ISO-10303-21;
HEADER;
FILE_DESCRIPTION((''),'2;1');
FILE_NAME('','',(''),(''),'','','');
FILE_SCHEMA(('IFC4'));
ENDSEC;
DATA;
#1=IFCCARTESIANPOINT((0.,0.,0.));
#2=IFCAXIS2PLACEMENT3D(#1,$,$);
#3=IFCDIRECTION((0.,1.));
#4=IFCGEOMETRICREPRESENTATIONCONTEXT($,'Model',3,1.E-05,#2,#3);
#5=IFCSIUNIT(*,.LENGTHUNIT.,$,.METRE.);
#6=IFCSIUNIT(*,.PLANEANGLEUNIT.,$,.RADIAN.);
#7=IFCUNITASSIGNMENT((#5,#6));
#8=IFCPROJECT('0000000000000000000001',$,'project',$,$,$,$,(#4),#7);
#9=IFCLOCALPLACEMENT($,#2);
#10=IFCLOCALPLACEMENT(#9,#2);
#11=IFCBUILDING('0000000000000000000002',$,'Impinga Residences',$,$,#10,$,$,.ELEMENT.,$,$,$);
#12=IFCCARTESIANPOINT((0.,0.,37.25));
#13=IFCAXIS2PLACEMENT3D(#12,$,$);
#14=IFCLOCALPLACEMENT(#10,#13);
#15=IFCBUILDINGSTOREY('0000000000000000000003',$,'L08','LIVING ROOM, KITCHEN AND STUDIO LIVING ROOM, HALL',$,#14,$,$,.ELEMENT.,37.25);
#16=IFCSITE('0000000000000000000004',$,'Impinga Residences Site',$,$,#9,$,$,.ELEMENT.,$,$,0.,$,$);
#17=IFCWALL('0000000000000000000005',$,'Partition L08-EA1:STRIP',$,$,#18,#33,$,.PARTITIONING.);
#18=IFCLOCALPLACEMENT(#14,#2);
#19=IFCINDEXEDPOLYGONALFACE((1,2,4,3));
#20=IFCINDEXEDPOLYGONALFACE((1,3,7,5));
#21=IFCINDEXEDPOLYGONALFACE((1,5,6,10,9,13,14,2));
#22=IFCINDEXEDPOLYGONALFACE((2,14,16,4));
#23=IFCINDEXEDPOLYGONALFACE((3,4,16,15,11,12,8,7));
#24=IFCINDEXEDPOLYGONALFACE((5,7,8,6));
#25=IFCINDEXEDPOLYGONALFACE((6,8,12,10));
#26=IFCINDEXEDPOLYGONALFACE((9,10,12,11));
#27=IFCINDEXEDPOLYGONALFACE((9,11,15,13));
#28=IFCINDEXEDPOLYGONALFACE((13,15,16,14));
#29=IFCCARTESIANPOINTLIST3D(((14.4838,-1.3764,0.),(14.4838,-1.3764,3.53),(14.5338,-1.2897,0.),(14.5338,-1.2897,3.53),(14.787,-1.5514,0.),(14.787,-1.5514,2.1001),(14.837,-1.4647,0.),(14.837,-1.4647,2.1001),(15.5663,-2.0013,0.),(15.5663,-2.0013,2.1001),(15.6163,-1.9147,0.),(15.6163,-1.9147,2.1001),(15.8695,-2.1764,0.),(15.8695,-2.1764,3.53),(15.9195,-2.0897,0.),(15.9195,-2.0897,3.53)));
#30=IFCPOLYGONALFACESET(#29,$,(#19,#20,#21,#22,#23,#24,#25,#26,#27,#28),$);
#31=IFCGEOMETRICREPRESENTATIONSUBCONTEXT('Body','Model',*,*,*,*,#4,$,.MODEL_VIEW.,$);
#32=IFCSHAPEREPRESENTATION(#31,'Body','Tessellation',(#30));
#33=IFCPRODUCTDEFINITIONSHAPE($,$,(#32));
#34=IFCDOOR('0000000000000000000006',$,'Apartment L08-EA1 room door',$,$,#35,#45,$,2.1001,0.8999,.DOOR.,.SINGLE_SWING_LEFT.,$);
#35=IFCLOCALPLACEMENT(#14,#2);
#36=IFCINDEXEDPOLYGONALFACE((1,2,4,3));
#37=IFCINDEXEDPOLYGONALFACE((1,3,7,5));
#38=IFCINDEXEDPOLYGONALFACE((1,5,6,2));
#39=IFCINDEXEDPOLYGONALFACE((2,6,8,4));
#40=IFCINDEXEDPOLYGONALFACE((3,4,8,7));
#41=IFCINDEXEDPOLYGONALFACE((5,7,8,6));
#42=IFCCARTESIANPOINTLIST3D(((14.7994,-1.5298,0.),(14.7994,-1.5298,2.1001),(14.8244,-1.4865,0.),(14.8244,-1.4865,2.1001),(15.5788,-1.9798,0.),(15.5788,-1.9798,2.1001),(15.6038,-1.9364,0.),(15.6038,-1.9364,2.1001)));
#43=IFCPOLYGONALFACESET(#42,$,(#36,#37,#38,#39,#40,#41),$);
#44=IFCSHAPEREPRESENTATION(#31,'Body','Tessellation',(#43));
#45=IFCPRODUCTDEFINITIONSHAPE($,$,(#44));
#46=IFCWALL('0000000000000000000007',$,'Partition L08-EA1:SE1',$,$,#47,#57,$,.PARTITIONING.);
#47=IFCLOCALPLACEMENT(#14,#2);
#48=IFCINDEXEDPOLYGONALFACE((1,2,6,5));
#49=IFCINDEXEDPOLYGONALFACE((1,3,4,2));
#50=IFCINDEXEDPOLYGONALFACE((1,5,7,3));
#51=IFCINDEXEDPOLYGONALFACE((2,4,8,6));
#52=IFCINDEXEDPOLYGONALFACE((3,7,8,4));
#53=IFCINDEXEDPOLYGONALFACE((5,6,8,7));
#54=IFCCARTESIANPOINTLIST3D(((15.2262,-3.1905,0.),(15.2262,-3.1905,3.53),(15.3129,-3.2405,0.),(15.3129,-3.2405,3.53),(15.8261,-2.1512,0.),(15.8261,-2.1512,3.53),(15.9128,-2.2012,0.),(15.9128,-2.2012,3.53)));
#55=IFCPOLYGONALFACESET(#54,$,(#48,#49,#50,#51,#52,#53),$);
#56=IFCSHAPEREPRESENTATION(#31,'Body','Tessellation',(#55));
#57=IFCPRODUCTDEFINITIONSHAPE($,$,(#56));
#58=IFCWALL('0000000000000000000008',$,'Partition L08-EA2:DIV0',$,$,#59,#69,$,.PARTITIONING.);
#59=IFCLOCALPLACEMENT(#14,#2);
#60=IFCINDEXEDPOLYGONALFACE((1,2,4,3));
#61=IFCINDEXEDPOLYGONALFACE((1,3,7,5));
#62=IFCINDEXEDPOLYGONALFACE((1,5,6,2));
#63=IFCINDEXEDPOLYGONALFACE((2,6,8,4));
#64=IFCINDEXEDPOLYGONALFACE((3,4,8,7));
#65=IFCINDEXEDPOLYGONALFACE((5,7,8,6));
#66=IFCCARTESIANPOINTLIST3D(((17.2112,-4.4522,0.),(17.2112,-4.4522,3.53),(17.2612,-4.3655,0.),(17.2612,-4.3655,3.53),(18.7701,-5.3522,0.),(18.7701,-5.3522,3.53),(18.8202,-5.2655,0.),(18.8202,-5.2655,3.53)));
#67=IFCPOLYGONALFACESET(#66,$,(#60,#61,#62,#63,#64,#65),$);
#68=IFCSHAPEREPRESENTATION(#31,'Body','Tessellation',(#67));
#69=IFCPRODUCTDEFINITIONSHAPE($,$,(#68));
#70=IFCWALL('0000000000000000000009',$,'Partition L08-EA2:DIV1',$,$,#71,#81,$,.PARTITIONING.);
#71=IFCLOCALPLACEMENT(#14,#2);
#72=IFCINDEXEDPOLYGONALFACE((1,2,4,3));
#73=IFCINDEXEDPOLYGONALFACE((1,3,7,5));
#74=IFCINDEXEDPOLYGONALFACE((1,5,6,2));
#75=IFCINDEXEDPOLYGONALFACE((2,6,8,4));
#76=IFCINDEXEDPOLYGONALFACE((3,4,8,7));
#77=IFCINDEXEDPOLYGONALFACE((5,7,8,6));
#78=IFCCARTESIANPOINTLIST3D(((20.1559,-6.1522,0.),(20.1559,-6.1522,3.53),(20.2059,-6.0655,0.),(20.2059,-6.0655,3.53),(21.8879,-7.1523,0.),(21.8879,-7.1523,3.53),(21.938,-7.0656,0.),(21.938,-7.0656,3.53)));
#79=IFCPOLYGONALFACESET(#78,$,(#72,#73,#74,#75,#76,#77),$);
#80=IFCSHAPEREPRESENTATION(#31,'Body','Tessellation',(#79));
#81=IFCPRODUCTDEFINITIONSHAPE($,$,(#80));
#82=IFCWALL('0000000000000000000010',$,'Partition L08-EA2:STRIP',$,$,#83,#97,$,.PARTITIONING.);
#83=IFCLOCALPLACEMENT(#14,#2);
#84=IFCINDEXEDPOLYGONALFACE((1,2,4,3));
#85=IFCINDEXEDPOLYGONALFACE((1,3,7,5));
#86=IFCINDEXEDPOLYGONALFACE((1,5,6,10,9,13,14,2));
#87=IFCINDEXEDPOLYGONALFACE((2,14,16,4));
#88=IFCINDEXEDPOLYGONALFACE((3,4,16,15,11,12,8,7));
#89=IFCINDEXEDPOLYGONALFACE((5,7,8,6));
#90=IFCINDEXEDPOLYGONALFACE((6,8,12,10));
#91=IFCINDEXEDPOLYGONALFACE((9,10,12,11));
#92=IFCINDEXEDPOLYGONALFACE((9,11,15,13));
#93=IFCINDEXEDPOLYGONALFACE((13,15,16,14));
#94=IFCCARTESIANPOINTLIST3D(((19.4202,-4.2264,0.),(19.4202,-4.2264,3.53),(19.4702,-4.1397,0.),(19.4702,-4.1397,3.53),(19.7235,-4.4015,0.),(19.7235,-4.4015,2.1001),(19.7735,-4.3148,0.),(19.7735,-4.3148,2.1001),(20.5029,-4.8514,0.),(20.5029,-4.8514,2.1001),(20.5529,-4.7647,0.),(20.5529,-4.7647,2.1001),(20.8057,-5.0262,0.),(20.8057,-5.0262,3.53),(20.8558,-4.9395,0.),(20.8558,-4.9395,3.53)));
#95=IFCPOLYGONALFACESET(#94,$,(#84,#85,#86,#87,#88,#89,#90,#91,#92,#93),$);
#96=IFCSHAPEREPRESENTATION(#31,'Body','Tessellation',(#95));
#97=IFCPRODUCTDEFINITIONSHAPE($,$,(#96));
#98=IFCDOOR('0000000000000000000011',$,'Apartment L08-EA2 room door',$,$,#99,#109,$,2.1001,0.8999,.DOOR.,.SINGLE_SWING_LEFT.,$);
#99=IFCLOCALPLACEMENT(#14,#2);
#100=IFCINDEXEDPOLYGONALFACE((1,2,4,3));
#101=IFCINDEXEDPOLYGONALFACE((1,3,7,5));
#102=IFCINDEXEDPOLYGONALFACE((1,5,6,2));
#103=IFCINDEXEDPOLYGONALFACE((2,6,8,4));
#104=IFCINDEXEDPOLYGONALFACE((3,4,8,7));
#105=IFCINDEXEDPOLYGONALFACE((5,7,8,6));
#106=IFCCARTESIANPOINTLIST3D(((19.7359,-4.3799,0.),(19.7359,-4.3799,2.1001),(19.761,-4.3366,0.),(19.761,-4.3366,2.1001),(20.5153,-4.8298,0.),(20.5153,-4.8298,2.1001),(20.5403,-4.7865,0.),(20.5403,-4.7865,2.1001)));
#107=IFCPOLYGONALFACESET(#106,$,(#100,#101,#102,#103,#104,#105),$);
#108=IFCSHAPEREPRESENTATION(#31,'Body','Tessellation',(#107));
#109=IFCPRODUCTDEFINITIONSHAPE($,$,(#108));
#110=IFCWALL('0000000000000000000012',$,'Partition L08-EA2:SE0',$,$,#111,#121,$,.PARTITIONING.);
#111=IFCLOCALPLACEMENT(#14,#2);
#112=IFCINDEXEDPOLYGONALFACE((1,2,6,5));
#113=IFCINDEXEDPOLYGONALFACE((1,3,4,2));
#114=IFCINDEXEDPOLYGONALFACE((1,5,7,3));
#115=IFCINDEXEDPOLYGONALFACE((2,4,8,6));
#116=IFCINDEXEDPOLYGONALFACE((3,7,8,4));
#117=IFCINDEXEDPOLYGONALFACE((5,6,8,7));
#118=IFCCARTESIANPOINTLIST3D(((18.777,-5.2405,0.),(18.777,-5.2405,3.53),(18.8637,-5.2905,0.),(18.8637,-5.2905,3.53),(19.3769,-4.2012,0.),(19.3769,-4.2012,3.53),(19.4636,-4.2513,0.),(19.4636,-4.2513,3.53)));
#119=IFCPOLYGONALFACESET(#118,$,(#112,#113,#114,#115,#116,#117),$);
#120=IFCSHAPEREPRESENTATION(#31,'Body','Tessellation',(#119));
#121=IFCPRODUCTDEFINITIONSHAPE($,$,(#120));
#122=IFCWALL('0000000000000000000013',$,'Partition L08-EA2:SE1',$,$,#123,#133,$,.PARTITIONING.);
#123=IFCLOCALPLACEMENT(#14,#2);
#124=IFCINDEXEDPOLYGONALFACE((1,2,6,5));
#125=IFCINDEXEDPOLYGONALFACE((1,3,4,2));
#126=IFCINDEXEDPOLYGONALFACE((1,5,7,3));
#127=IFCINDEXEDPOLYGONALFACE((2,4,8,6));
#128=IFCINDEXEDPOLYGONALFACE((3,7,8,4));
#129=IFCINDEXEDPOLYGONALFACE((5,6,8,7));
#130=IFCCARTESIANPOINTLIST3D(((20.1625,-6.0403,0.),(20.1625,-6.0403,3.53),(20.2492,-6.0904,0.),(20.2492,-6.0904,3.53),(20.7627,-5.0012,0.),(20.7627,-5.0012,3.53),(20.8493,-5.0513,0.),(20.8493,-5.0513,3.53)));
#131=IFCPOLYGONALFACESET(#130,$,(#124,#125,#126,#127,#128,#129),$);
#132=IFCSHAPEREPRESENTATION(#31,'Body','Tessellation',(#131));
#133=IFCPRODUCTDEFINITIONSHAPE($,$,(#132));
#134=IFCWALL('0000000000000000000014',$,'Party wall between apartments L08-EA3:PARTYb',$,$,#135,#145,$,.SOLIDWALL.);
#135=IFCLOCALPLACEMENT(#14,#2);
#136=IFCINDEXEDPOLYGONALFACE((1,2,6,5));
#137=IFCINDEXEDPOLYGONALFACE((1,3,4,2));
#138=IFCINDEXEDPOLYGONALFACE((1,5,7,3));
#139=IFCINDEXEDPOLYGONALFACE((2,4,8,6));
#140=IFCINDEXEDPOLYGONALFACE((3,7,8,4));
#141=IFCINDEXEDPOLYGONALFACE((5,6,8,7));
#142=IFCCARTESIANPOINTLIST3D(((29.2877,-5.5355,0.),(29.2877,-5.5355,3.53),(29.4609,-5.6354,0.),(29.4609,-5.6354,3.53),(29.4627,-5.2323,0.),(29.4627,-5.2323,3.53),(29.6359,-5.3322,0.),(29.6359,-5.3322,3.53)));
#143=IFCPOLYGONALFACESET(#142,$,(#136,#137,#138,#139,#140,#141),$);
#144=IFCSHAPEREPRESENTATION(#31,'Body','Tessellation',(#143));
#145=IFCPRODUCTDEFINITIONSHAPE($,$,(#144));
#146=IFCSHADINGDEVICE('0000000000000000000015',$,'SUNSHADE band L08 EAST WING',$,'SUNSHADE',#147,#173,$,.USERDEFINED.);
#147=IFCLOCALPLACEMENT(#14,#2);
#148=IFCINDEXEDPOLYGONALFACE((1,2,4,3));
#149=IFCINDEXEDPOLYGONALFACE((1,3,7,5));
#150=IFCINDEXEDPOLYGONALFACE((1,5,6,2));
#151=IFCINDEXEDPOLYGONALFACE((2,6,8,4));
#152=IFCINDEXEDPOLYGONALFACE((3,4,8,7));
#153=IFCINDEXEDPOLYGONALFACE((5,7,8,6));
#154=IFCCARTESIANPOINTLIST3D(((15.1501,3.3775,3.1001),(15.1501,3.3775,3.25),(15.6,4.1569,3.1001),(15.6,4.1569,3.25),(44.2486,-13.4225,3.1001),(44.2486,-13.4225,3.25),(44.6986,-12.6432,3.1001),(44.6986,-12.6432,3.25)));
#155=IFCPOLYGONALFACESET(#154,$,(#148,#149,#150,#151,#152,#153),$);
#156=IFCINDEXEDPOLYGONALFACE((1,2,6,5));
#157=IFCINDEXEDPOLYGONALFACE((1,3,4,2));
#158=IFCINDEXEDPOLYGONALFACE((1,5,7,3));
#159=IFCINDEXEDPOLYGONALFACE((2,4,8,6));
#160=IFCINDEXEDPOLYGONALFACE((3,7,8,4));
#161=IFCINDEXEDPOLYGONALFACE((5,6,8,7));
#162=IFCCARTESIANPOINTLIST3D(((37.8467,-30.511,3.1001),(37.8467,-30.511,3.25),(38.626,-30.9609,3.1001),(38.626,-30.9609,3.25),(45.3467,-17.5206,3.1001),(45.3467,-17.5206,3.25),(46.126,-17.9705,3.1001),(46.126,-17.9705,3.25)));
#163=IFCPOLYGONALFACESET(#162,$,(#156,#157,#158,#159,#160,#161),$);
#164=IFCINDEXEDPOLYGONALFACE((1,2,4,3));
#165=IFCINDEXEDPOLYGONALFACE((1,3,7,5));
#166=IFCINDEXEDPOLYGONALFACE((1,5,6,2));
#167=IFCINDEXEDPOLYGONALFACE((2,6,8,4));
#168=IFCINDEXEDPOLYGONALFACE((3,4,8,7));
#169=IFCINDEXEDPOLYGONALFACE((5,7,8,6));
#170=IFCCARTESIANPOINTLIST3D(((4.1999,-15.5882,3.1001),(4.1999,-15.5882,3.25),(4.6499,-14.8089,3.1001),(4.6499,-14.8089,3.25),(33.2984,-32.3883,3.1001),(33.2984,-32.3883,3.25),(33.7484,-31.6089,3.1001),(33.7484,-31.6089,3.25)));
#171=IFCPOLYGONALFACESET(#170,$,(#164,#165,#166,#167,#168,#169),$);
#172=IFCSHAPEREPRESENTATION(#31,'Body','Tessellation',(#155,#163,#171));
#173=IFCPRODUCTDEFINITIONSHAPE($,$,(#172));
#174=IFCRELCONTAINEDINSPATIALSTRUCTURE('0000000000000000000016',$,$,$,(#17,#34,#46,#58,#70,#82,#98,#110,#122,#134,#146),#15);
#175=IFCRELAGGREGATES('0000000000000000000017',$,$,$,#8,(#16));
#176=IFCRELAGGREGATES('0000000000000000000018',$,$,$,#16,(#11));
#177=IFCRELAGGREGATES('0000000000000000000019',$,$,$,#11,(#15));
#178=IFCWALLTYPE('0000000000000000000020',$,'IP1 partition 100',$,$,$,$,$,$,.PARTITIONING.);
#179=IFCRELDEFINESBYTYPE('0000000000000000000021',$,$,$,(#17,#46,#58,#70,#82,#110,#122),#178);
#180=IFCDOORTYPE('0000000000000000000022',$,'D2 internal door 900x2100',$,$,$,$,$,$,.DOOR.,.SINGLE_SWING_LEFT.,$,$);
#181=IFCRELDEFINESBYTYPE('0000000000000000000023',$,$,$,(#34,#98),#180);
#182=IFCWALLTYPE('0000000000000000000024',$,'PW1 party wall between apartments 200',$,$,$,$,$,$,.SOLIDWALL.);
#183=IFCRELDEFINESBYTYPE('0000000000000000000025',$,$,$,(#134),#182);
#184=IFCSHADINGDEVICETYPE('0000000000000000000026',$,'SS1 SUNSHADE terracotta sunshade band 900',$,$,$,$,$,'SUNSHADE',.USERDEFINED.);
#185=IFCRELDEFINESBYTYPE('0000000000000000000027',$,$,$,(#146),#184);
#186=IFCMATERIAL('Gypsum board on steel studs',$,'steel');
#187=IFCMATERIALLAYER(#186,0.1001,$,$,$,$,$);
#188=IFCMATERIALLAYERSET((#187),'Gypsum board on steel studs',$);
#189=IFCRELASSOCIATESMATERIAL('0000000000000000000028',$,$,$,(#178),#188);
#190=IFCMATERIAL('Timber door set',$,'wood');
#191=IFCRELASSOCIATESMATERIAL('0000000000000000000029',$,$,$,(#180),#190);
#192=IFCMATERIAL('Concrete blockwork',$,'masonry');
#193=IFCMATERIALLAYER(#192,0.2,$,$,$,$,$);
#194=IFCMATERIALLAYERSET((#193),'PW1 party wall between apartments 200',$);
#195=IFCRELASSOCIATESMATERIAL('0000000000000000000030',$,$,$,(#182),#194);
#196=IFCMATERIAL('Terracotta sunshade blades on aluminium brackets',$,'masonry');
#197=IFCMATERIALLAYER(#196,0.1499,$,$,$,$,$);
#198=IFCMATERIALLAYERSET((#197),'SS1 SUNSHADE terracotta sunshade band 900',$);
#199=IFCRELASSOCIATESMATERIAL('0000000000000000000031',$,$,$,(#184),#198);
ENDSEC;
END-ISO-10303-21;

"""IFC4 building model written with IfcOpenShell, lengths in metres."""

from ifc_helpers import new_model, si_unit, direction, frame, frame_2d, origin, origin_2d, place, context, subcontext, project, spatial, rectangle, extrude, material, layer, layer_set, type_object, element, fill, save


model = new_model("IFC4")

# Units and contexts
model_context = context("Model", 3, precision=1e-05, world=origin(), true_north=direction((0.0, 1.0)))
body_context = subcontext(model_context, "Body", "Model", "MODEL_VIEW")
ifc_project = project(units=[si_unit("LENGTHUNIT", "METRE"), si_unit("PLANEANGLEUNIT", "RADIAN")], contexts=[model_context])

# Site, building, storey
site_placement = place(None, origin())
site = spatial("IfcSite", under=ifc_project, at=site_placement, Name="Impinga Residences Site", CompositionType="ELEMENT", RefElevation=0.0)
building_placement = place(site_placement, origin())
building = spatial("IfcBuilding", under=site, at=building_placement, Name="Impinga Residences", CompositionType="ELEMENT")
storey_placement = place(building_placement, frame((0.0, 0.0, 37.25)))
storey = spatial("IfcBuildingStorey", under=building, at=storey_placement, Name="L08", Description="LIVING ROOM, KITCHEN AND STUDIO LIVING ROOM, HALL", CompositionType="ELEMENT", Elevation=37.25)

# Shared definitions
ifc_material_1 = material(Name="Gypsum board on steel studs", Category="steel")
ifc_layer_1 = layer(ifc_material_1, 0.1001)
ifc_layer_set_1 = layer_set([ifc_layer_1], Name="Gypsum board on steel studs")
wall_type_1 = type_object("IfcWallType", Name="IP1 partition 100", PredefinedType="PARTITIONING", material=ifc_layer_set_1)

# Wall, opening, door
wall_1_placement = place(storey_placement, frame((14.5088, -1.333, 0.0), z_axis=(0.0, 0.0, 1.0), x_axis=(0.866028, -0.499995, 0.0)))
wall_1 = element("IfcWall", 1, at=wall_1_placement, inside=storey, type_object=wall_type_1, Name="Partition L08-EA1:STRIP", PredefinedType="PARTITIONING", context=body_context, shape_type="SweptSolid", body=[
    extrude(rectangle(XDim=1.6001, YDim=0.1001, at=frame_2d((0.8, 0.0))), origin(), (0.0, 0.0, 1.0), 3.53),
])
opening_1_placement = place(wall_1_placement, frame((0.3501, 0.0, 0.0)))
opening_1 = element("IfcOpeningElement", 2, at=opening_1_placement, cuts=wall_1, PredefinedType="OPENING", context=body_context, shape_type="SweptSolid", body=[
    extrude(rectangle(XDim=0.8999, YDim=2.1001, at=frame_2d((0.45, 1.05))), frame((0.0, 0.0601, 0.0), z_axis=(0.0, -1.0, 0.0), x_axis=(1.0, 0.0, 0.0)), (0.0, 0.0, 1.0), 0.1201),
])
ifc_material_2 = material(Name="Timber door set", Category="wood")
door_type = type_object("IfcDoorType", Name="D2 internal door 900x2100", OperationType="SINGLE_SWING_LEFT", PredefinedType="DOOR", material=ifc_material_2)
door_1_placement = place(opening_1_placement, origin())
door_1 = element("IfcDoor", 3, at=door_1_placement, inside=storey, type_object=door_type, Name="Apartment L08-EA1 room door", OperationType="SINGLE_SWING_LEFT", OverallHeight=2.1001, OverallWidth=0.8999, PredefinedType="DOOR", context=body_context, shape_type="SweptSolid", body=[
    extrude(rectangle(XDim=0.8999, YDim=2.1001, at=frame_2d((0.45, 1.05))), frame((0.0, 0.0249, 0.0), z_axis=(0.0, -1.0, 0.0), x_axis=(1.0, 0.0, 0.0)), (0.0, 0.0, 1.0), 0.05),
])
fill(opening_1, door_1)

# Walls
wall_2_placement = place(storey_placement, frame((15.2695, -3.2156, 0.0), z_axis=(0.0, 0.0, 1.0), x_axis=(0.499881, 0.866094, 0.0)))
element("IfcWall", 4, at=wall_2_placement, inside=storey, type_object=wall_type_1, Name="Partition L08-EA1:SE1", PredefinedType="PARTITIONING", context=body_context, shape_type="SweptSolid", body=[
    extrude(rectangle(XDim=1.2, YDim=0.1001, at=frame_2d((0.6001, 0.0))), origin(), (0.0, 0.0, 1.0), 3.53),
])
wall_3_placement = place(storey_placement, frame((17.2363, -4.4089, 0.0), z_axis=(0.0, 0.0, 1.0), x_axis=(0.866048, -0.499961, 0.0)))
element("IfcWall", 5, at=wall_3_placement, inside=storey, type_object=wall_type_1, Name="Partition L08-EA2:DIV0", PredefinedType="PARTITIONING", context=body_context, shape_type="SweptSolid", body=[
    extrude(rectangle(XDim=1.8, YDim=0.1001, at=frame_2d((0.8999, 0.0))), origin(), (0.0, 0.0, 1.0), 3.53),
])
wall_4_placement = place(storey_placement, frame((20.1809, -6.1089, 0.0), z_axis=(0.0, 0.0, 1.0), x_axis=(0.866011, -0.500025, 0.0)))
element("IfcWall", 6, at=wall_4_placement, inside=storey, type_object=wall_type_1, Name="Partition L08-EA2:DIV1", PredefinedType="PARTITIONING", context=body_context, shape_type="SweptSolid", body=[
    extrude(rectangle(XDim=2.0, YDim=0.1001, at=frame_2d((1.0, 0.0))), origin(), (0.0, 0.0, 1.0), 3.53),
])

# Wall, opening, door
wall_5_placement = place(storey_placement, frame((19.4453, -4.1831, 0.0), z_axis=(0.0, 0.0, 1.0), x_axis=(0.866056, -0.499947, 0.0)))
wall_5 = element("IfcWall", 7, at=wall_5_placement, inside=storey, type_object=wall_type_1, Name="Partition L08-EA2:STRIP", PredefinedType="PARTITIONING", context=body_context, shape_type="SweptSolid", body=[
    extrude(rectangle(XDim=1.5999, YDim=0.1001, at=frame_2d((0.7998, 0.0))), origin(), (0.0, 0.0, 1.0), 3.53),
])
opening_2_placement = place(wall_5_placement, frame((0.3501, 0.0, 0.0)))
opening_2 = element("IfcOpeningElement", 8, at=opening_2_placement, cuts=wall_5, PredefinedType="OPENING", context=body_context, shape_type="SweptSolid", body=[
    extrude(rectangle(XDim=0.8999, YDim=2.1001, at=frame_2d((0.45, 1.05))), frame((0.0, 0.0601, 0.0), z_axis=(0.0, -1.0, 0.0), x_axis=(1.0, 0.0, 0.0)), (0.0, 0.0, 1.0), 0.1201),
])
door_2_placement = place(opening_2_placement, origin())
door_2 = element("IfcDoor", 9, at=door_2_placement, inside=storey, type_object=door_type, Name="Apartment L08-EA2 room door", OperationType="SINGLE_SWING_LEFT", OverallHeight=2.1001, OverallWidth=0.8999, PredefinedType="DOOR", context=body_context, shape_type="SweptSolid", body=[
    extrude(rectangle(XDim=0.8999, YDim=2.1001, at=frame_2d((0.45, 1.05))), frame((0.0, 0.0249, 0.0), z_axis=(0.0, -1.0, 0.0), x_axis=(1.0, 0.0, 0.0)), (0.0, 0.0, 1.0), 0.05),
])
fill(opening_2, door_2)

# Walls
for number, where, z_axis, x_axis, name in (
    (10, (18.8203, -5.2656, 0.0), (0.0, 0.0, 1.0), (0.499881, 0.866094, 0.0), "Partition L08-EA2:SE0"),
    (11, (20.2058, -6.0654, 0.0), (0.0, 0.0, 1.0), (0.500122, 0.865955, 0.0), "Partition L08-EA2:SE1"),
):
    element("IfcWall", number, at=place(storey_placement, frame(where, z_axis=z_axis, x_axis=x_axis)), inside=storey, type_object=wall_type_1, Name=name, PredefinedType="PARTITIONING", context=body_context, shape_type="SweptSolid", body=[
        extrude(rectangle(XDim=1.2, YDim=0.1001, at=frame_2d((0.6001, 0.0))), origin(), (0.0, 0.0, 1.0), 3.53),
    ])
ifc_material_3 = material(Name="Concrete blockwork", Category="masonry")
ifc_layer_2 = layer(ifc_material_3, 0.2)
ifc_layer_set_2 = layer_set([ifc_layer_2], Name="PW1 party wall between apartments 200")
wall_type_2 = type_object("IfcWallType", Name="PW1 party wall between apartments 200", PredefinedType="SOLIDWALL", material=ifc_layer_set_2)
wall_6_placement = place(storey_placement, frame((29.3743, -5.5854, 0.0), z_axis=(0.0, 0.0, 1.0), x_axis=(0.499964, 0.866046, 0.0)))
element("IfcWall", 12, at=wall_6_placement, inside=storey, type_object=wall_type_2, Name="Party wall between apartments L08-EA3:PARTYb", PredefinedType="SOLIDWALL", context=body_context, shape_type="SweptSolid", body=[
    extrude(rectangle(XDim=0.3501, YDim=0.2, at=frame_2d((0.175, 0.0))), origin(), (0.0, 0.0, 1.0), 3.53),
])

# Shading device
ifc_material_4 = material(Name="Terracotta sunshade blades on aluminium brackets", Category="masonry")
ifc_layer_3 = layer(ifc_material_4, 0.1499)
ifc_layer_set_3 = layer_set([ifc_layer_3], Name="SS1 SUNSHADE terracotta sunshade band 900")
shading_device_type = type_object("IfcShadingDeviceType", Name="SS1 SUNSHADE terracotta sunshade band 900", ElementType="SUNSHADE", PredefinedType="USERDEFINED", material=ifc_layer_set_3)
shading_device_placement = place(storey_placement, frame((29.9243, -4.6328, 3.1001), z_axis=(0.0, 0.0, 1.0), x_axis=(0.866025, -0.5, 0.0)))
element("IfcShadingDevice", 13, at=shading_device_placement, inside=storey, type_object=shading_device_type, Name="SUNSHADE band L08 EAST WING", ObjectType="SUNSHADE", PredefinedType="USERDEFINED", context=body_context, shape_type="SweptSolid", body=[
    extrude(rectangle(XDim=33.6001, YDim=0.8999, at=origin_2d()), origin(), (0.0, 0.0, 1.0), 0.1499),
    extrude(rectangle(XDim=15.0, YDim=0.8999, at=origin_2d()), frame((20.25, -10.95, 0.0), z_axis=(0.0, 0.0, 1.0), x_axis=(0.0, -1.0, 0.0)), (0.0, 0.0, 1.0), 0.1499),
    extrude(rectangle(XDim=33.6001, YDim=0.8999, at=origin_2d()), frame((-0.0002, -21.8999, 0.0), z_axis=(0.0, 0.0, 1.0), x_axis=(-1.0, 0.0, 0.0)), (0.0, 0.0, 1.0), 0.1499),
])

save(model, "model.ifc")
